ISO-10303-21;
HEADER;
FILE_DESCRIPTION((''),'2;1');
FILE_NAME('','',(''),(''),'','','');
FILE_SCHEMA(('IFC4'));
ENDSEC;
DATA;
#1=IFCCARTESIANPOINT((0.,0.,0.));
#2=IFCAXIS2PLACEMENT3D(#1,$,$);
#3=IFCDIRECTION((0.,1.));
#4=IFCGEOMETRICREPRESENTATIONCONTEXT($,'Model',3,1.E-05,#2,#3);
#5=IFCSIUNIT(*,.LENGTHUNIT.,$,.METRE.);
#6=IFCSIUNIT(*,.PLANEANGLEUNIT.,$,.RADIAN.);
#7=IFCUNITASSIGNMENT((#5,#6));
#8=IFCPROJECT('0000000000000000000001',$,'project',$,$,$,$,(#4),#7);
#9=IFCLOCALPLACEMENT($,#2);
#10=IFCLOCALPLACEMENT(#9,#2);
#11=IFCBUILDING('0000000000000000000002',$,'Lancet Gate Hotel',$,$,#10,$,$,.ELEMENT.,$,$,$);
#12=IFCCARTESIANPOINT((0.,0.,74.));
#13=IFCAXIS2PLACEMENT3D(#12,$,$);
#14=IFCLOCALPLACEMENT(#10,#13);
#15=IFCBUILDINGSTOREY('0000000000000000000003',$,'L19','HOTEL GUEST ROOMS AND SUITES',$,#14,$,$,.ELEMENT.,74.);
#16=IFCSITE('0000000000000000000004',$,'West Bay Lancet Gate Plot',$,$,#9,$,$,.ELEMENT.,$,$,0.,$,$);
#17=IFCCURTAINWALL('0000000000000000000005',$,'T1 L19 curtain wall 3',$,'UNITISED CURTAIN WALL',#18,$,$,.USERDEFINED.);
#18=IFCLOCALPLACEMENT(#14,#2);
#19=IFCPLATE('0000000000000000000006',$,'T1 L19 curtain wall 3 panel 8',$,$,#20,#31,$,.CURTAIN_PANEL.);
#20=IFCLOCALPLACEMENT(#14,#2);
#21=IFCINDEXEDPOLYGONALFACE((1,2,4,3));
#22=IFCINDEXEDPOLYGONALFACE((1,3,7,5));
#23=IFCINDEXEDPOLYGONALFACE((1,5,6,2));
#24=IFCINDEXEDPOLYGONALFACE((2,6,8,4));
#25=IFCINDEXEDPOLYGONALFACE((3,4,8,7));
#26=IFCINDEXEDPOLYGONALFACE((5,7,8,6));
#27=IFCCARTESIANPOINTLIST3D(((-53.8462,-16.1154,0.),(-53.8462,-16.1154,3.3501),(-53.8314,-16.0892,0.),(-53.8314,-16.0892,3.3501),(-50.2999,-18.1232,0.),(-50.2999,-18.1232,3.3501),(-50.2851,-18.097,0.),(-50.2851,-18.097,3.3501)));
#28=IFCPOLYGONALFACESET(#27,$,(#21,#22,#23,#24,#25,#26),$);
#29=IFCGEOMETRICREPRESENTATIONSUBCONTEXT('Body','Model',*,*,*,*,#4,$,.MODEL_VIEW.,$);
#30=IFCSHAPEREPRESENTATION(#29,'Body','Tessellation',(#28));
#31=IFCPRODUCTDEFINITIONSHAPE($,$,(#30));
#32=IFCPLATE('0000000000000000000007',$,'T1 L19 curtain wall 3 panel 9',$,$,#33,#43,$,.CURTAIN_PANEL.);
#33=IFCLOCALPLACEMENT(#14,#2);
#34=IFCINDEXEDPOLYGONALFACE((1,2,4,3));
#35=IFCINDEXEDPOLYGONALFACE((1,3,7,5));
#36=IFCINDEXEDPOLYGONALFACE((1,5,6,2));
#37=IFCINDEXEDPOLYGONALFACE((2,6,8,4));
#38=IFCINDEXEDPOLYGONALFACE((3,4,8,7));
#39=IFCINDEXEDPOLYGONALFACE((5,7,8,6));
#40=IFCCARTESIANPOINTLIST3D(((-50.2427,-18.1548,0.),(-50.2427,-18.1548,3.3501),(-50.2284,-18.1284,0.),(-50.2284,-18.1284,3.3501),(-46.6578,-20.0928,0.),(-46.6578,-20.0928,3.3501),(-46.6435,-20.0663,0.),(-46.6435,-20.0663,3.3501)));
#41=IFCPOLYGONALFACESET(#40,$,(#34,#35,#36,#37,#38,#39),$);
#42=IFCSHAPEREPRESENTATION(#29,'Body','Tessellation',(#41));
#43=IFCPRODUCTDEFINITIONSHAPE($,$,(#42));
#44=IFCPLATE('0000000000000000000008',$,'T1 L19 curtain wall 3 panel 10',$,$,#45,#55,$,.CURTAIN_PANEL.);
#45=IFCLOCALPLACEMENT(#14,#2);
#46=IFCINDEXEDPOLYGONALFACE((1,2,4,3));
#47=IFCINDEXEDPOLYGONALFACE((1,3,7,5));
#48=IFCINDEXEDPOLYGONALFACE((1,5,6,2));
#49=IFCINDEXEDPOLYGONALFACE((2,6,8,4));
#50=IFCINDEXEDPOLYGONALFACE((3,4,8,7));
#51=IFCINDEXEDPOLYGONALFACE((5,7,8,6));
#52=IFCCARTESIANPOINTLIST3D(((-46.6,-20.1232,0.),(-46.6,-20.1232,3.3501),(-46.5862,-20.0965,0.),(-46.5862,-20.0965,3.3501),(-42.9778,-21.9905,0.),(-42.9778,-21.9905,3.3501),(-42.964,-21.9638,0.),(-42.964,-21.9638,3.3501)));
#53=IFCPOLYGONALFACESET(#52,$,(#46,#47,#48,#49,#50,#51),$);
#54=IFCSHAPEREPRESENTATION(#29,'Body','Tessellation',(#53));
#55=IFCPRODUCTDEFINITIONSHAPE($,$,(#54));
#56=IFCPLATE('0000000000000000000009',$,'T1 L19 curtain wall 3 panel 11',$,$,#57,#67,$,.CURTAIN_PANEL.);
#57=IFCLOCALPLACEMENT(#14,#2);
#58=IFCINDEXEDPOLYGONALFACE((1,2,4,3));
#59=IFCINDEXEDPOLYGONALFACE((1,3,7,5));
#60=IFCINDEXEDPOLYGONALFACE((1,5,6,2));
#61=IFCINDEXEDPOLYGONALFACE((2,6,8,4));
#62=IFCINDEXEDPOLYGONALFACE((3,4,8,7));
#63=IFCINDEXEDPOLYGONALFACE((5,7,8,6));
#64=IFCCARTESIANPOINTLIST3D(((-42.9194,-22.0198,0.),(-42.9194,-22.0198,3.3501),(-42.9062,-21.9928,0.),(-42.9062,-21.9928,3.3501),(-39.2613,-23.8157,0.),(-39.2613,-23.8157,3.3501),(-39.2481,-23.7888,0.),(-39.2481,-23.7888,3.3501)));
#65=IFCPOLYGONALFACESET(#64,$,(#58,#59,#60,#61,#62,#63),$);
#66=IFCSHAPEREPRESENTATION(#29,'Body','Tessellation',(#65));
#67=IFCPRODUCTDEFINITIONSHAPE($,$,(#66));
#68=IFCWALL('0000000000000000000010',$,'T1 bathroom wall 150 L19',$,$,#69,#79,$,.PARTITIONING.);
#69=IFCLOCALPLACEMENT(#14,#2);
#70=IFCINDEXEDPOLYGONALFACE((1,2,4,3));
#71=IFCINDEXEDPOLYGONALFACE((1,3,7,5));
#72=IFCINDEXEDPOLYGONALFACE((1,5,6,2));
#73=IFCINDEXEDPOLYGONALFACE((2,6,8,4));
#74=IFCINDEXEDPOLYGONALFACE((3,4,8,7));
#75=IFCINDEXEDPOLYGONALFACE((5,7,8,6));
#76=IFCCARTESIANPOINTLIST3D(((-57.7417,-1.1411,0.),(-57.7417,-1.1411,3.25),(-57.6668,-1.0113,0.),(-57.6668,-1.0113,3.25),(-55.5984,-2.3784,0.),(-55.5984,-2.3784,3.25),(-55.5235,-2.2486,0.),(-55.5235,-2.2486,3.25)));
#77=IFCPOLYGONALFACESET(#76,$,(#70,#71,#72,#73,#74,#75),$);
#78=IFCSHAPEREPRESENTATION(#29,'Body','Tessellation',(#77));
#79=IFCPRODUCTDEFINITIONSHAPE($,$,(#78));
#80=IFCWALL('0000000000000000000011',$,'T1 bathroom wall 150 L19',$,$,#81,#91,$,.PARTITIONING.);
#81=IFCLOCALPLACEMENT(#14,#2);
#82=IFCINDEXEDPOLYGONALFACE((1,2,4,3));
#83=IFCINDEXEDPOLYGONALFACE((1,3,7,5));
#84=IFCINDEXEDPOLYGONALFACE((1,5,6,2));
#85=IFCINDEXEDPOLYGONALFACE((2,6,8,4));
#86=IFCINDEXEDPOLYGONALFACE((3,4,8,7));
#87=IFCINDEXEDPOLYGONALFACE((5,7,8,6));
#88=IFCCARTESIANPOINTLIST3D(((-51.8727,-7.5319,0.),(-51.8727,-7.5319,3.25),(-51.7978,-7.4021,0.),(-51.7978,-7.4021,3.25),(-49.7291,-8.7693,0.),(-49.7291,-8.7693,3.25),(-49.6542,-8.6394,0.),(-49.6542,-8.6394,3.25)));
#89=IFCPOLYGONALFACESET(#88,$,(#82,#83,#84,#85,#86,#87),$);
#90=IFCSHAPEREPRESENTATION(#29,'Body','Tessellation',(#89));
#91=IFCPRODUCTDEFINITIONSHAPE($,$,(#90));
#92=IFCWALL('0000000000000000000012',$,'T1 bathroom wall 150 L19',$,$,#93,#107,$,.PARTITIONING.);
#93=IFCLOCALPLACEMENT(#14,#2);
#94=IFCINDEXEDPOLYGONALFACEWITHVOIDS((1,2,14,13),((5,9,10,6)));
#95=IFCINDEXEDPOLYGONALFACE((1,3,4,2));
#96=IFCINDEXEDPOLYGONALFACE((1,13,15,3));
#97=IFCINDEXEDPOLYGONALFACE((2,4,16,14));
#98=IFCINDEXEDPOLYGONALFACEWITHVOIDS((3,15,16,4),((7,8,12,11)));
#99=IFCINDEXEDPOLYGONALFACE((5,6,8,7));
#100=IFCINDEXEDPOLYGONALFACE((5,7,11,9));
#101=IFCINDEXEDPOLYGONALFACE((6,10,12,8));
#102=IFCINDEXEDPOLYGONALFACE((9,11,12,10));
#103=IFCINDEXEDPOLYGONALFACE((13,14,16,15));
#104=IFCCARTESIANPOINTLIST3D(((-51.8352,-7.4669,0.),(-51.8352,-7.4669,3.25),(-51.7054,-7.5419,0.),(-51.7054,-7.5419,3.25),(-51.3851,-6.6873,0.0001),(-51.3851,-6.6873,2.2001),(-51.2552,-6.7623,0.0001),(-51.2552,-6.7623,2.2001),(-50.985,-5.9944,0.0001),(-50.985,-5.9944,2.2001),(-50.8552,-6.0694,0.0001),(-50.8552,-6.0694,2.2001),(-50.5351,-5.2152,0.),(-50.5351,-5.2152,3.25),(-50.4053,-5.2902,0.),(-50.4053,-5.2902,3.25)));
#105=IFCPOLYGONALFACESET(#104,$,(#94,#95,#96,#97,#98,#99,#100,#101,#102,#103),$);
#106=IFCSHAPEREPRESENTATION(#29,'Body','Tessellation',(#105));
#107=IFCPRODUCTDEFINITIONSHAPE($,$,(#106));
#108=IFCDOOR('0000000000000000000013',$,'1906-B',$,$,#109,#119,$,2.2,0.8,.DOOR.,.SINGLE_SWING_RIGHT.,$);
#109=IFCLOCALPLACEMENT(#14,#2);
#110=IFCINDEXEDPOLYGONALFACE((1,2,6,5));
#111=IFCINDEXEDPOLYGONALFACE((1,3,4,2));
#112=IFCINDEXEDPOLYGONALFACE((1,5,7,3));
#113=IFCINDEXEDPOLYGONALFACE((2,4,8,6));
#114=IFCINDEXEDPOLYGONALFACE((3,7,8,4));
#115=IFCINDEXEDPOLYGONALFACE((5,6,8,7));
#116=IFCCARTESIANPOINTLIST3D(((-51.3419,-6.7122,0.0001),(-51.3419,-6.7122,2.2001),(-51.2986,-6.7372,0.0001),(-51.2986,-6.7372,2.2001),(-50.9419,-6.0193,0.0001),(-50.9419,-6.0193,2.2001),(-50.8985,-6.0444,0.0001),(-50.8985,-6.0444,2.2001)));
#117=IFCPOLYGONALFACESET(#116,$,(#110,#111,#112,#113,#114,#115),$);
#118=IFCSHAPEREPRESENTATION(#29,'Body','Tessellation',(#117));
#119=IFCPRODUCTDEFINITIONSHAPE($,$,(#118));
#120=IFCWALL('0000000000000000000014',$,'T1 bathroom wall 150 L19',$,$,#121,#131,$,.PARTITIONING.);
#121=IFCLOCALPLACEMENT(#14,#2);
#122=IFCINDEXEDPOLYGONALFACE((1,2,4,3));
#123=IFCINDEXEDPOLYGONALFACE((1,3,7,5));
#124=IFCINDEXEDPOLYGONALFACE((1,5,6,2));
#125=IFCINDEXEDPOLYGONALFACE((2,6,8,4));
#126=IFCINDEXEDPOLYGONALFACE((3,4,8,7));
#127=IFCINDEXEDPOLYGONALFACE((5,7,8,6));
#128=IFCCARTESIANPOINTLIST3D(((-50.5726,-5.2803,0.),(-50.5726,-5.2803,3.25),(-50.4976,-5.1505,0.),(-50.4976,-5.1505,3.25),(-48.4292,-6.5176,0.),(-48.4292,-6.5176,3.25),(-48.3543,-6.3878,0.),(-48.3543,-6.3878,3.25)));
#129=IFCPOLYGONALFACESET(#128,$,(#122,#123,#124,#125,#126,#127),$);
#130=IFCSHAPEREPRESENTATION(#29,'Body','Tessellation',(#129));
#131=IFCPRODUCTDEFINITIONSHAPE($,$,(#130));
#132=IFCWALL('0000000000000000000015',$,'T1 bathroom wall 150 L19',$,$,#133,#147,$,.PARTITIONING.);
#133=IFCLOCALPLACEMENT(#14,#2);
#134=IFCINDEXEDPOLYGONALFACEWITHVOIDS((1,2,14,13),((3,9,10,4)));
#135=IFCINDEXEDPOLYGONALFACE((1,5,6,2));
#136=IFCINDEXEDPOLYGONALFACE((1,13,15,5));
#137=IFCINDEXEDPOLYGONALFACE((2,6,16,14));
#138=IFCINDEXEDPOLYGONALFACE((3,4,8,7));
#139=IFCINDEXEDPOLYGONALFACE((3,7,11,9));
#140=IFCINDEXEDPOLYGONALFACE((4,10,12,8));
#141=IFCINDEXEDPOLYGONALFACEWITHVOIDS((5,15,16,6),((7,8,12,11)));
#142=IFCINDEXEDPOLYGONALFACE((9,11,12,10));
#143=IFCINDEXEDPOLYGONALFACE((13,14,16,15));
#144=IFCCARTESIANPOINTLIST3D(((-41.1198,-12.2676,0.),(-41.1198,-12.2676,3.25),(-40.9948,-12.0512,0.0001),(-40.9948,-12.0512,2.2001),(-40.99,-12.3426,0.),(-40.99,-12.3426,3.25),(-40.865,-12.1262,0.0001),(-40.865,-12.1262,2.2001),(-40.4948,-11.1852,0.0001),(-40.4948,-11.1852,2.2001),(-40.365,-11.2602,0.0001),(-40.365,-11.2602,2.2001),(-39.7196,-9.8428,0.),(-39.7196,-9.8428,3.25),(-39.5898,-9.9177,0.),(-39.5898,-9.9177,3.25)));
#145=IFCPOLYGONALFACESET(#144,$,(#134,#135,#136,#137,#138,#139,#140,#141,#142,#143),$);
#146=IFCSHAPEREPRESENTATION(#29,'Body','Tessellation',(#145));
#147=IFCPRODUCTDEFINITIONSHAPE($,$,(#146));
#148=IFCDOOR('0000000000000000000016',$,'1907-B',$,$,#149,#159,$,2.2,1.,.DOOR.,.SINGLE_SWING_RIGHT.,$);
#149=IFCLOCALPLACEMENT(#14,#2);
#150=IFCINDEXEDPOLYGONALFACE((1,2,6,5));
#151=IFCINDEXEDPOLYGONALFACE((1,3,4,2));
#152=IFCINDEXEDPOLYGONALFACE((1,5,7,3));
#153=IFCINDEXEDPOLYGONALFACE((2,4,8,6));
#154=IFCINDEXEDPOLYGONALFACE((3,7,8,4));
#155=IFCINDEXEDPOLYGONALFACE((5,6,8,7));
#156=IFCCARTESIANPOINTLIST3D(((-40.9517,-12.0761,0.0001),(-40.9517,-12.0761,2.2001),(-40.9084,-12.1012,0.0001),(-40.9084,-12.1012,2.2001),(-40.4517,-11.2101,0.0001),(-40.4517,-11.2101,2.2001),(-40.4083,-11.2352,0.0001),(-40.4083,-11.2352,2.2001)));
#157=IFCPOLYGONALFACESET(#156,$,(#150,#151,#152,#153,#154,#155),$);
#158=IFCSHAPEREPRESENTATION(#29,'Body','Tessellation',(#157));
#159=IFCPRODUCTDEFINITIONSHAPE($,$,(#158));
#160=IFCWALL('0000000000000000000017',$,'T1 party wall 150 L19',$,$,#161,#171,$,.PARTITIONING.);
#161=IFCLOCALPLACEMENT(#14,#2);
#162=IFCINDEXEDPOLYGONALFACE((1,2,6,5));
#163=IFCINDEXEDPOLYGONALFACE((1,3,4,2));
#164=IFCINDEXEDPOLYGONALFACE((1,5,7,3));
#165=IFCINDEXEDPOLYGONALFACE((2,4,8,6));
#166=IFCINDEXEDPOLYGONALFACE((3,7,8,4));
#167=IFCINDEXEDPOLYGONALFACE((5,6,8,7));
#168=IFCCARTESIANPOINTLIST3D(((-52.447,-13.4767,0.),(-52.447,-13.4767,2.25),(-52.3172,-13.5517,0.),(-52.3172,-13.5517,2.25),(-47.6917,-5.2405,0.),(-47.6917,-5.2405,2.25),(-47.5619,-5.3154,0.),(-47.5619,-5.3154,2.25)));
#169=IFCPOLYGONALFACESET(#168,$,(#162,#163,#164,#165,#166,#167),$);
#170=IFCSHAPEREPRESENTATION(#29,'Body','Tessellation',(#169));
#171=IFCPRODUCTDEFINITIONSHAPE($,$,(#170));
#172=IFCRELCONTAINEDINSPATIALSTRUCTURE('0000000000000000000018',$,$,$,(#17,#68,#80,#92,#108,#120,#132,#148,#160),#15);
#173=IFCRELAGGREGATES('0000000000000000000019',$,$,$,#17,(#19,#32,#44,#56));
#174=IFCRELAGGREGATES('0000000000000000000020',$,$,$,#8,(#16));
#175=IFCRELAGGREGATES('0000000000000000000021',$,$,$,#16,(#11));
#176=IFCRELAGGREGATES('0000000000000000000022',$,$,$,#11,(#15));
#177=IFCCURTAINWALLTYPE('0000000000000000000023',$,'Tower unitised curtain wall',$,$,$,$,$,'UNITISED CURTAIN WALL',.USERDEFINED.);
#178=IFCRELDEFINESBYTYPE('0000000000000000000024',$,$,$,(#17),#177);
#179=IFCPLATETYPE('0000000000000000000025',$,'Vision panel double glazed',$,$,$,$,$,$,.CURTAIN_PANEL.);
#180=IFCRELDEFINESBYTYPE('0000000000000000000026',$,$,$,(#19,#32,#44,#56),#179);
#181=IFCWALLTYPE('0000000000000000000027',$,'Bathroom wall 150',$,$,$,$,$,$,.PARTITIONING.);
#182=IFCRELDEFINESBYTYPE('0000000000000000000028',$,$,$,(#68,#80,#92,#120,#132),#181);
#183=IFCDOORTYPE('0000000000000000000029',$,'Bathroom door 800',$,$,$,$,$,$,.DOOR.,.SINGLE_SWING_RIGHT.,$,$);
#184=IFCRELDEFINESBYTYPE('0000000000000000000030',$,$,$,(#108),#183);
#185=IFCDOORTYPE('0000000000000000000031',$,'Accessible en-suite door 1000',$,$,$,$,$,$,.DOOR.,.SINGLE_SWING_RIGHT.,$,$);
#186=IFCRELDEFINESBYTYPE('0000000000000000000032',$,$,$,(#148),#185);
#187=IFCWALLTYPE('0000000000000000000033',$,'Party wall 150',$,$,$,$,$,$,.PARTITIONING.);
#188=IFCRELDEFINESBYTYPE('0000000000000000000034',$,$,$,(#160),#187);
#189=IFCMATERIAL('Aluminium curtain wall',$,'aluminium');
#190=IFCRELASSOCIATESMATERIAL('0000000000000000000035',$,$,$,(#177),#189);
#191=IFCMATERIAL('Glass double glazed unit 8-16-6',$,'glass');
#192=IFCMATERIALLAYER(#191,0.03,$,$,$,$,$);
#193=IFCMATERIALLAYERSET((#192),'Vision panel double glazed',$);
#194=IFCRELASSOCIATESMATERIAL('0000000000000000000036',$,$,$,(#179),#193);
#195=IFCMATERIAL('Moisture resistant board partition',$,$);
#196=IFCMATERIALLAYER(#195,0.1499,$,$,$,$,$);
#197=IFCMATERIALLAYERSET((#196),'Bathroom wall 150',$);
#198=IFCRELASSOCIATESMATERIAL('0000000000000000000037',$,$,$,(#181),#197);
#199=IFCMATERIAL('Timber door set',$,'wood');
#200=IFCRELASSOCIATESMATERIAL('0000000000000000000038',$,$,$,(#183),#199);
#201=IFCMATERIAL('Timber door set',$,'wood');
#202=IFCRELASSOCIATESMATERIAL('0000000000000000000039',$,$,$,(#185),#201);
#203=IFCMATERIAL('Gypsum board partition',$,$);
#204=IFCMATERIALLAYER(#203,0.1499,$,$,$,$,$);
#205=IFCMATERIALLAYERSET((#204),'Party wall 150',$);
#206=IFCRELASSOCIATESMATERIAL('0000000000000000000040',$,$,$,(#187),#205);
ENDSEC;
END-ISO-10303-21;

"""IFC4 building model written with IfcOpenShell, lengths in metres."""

from ifc_helpers import new_model, si_unit, direction, frame, frame_2d, origin, origin_2d, place, context, subcontext, project, spatial, rectangle, extrude, material, layer, layer_set, type_object, element, fill, aggregate, save


model = new_model("IFC4")

# Units and contexts
model_context = context("Model", 3, precision=1e-05, world=origin(), true_north=direction((0.0, 1.0)))
body_context = subcontext(model_context, "Body", "Model", "MODEL_VIEW")
ifc_project = project(units=[si_unit("LENGTHUNIT", "METRE"), si_unit("PLANEANGLEUNIT", "RADIAN")], contexts=[model_context])

# Site, building, storey
site_placement = place(None, origin())
site = spatial("IfcSite", under=ifc_project, at=site_placement, Name="West Bay Lancet Gate Plot", CompositionType="ELEMENT", RefElevation=0.0)
building_placement = place(site_placement, origin())
building = spatial("IfcBuilding", under=site, at=building_placement, Name="Lancet Gate Hotel", CompositionType="ELEMENT")
storey_placement = place(building_placement, frame((0.0, 0.0, 74.0)))
storey = spatial("IfcBuildingStorey", under=building, at=storey_placement, Name="L19", Description="HOTEL GUEST ROOMS AND SUITES", CompositionType="ELEMENT", Elevation=74.0)

# Curtain wall
ifc_material_1 = material(Name="Aluminium curtain wall", Category="aluminium")
curtain_wall_type = type_object("IfcCurtainWallType", Name="Tower unitised curtain wall", ElementType="UNITISED CURTAIN WALL", PredefinedType="USERDEFINED", material=ifc_material_1)
curtain_wall_placement = place(storey_placement, origin())
curtain_wall = element("IfcCurtainWall", 1, at=curtain_wall_placement, inside=storey, type_object=curtain_wall_type, Name="T1 L19 curtain wall 3", ObjectType="UNITISED CURTAIN WALL", PredefinedType="USERDEFINED")

# Plates
ifc_material_2 = material(Name="Glass double glazed unit 8-16-6", Category="glass")
ifc_layer_1 = layer(ifc_material_2, 0.03)
ifc_layer_set_1 = layer_set([ifc_layer_1], Name="Vision panel double glazed")
plate_type = type_object("IfcPlateType", Name="Vision panel double glazed", PredefinedType="CURTAIN_PANEL", material=ifc_layer_set_1)
plate_1_placement = place(storey_placement, frame((-52.0657, -17.1062, 0.0), z_axis=(0.0, 0.0, 1.0), x_axis=(0.870205, -0.49269, 0.0)))
plate_1 = element("IfcPlate", 2, at=plate_1_placement, type_object=plate_type, Name="T1 L19 curtain wall 3 panel 8", PredefinedType="CURTAIN_PANEL", context=body_context, shape_type="SweptSolid", body=[
    extrude(rectangle(XDim=4.0752, YDim=0.03, at=origin_2d()), origin(), (0.0, 0.0, 1.0), 3.3501),
])
plate_2_placement = place(storey_placement, frame((-48.4431, -19.1106, 0.0), z_axis=(0.0, 0.0, 1.0), x_axis=(0.879693, -0.475541, 0.0)))
plate_2 = element("IfcPlate", 3, at=plate_2_placement, type_object=plate_type, Name="T1 L19 curtain wall 3 panel 9", PredefinedType="CURTAIN_PANEL", context=body_context, shape_type="SweptSolid", body=[
    extrude(rectangle(XDim=4.0752, YDim=0.03, at=origin_2d()), origin(), (0.0, 0.0, 1.0), 3.3501),
])
plate_3_placement = place(storey_placement, frame((-44.782, -21.0435, 0.0), z_axis=(0.0, 0.0, 1.0), x_axis=(0.888844, -0.45821, 0.0)))
plate_3 = element("IfcPlate", 4, at=plate_3_placement, type_object=plate_type, Name="T1 L19 curtain wall 3 panel 10", PredefinedType="CURTAIN_PANEL", context=body_context, shape_type="SweptSolid", body=[
    extrude(rectangle(XDim=4.0752, YDim=0.03, at=origin_2d()), origin(), (0.0, 0.0, 1.0), 3.3501),
])
plate_4_placement = place(storey_placement, frame((-41.0837, -22.9043, 0.0), z_axis=(0.0, 0.0, 1.0), x_axis=(0.897653, -0.440702, 0.0)))
plate_4 = element("IfcPlate", 5, at=plate_4_placement, type_object=plate_type, Name="T1 L19 curtain wall 3 panel 11", PredefinedType="CURTAIN_PANEL", context=body_context, shape_type="SweptSolid", body=[
    extrude(rectangle(XDim=4.0752, YDim=0.03, at=origin_2d()), origin(), (0.0, 0.0, 1.0), 3.3501),
])
aggregate(curtain_wall, [plate_1, plate_2, plate_3, plate_4])

# Walls
ifc_material_3 = material(Name="Moisture resistant board partition")
ifc_layer_2 = layer(ifc_material_3, 0.1499)
ifc_layer_set_2 = layer_set([ifc_layer_2], Name="Bathroom wall 150")
wall_type_1 = type_object("IfcWallType", Name="Bathroom wall 150", PredefinedType="PARTITIONING", material=ifc_layer_set_2)
wall_1_placement = place(storey_placement, frame((-55.561, -2.3135, 0.0), z_axis=(0.0, 0.0, 1.0), x_axis=(-0.866049, 0.499959, 0.0)))
element("IfcWall", 6, at=wall_1_placement, inside=storey, type_object=wall_type_1, Name="T1 bathroom wall 150 L19", PredefinedType="PARTITIONING", context=body_context, shape_type="SweptSolid", body=[
    extrude(rectangle(XDim=2.4749, YDim=0.1499, at=frame_2d((1.2373, 0.0))), origin(), (0.0, 0.0, 1.0), 3.25),
])
wall_2_placement = place(storey_placement, frame((-49.6917, -8.7043, 0.0), z_axis=(0.0, 0.0, 1.0), x_axis=(-0.866074, 0.499916, 0.0)))
element("IfcWall", 7, at=wall_2_placement, inside=storey, type_object=wall_type_1, Name="T1 bathroom wall 150 L19", PredefinedType="PARTITIONING", context=body_context, shape_type="SweptSolid", body=[
    extrude(rectangle(XDim=2.4751, YDim=0.1499, at=frame_2d((1.2375, 0.0))), origin(), (0.0, 0.0, 1.0), 3.25),
])

# Wall, opening, door
wall_3_placement = place(storey_placement, frame((-50.4702, -5.2527, 0.0), z_axis=(0.0, 0.0, 1.0), x_axis=(-0.500007, -0.866021, 0.0)))
wall_3 = element("IfcWall", 8, at=wall_3_placement, inside=storey, type_object=wall_type_1, Name="T1 bathroom wall 150 L19", PredefinedType="PARTITIONING", context=body_context, shape_type="SweptSolid", body=[
    extrude(rectangle(XDim=2.6001, YDim=0.1499, at=frame_2d((1.3, 0.0))), origin(), (0.0, 0.0, 1.0), 3.25),
])
opening_1_placement = place(wall_3_placement, frame((0.8999, 0.0, 0.0)))
opening_1 = element("IfcOpeningElement", 9, at=opening_1_placement, cuts=wall_3, PredefinedType="OPENING", context=body_context, shape_type="SweptSolid", body=[
    extrude(rectangle(XDim=0.8, YDim=2.2, at=frame_2d((0.3999, 1.1001))), frame((0.0, 0.085, 0.0), z_axis=(0.0, -1.0, 0.0), x_axis=(1.0, 0.0, 0.0)), (0.0, 0.0, 1.0), 0.1699),
])
ifc_material_4 = material(Name="Timber door set", Category="wood")
door_type_1 = type_object("IfcDoorType", Name="Bathroom door 800", OperationType="SINGLE_SWING_RIGHT", PredefinedType="DOOR", material=ifc_material_4)
door_1_placement = place(opening_1_placement, origin())
door_1 = element("IfcDoor", 10, at=door_1_placement, inside=storey, type_object=door_type_1, Name="1906-B", OperationType="SINGLE_SWING_RIGHT", OverallHeight=2.2, OverallWidth=0.8, PredefinedType="DOOR", context=body_context, shape_type="SweptSolid", body=[
    extrude(rectangle(XDim=0.8, YDim=2.2, at=frame_2d((0.3999, 1.1001))), frame((0.0, 0.0249, 0.0), z_axis=(0.0, -1.0, 0.0), x_axis=(1.0, 0.0, 0.0)), (0.0, 0.0, 1.0), 0.05),
])
fill(opening_1, door_1)

# Wall
wall_4_placement = place(storey_placement, frame((-48.3918, -6.4526, 0.0), z_axis=(0.0, 0.0, 1.0), x_axis=(-0.866049, 0.499959, 0.0)))
element("IfcWall", 11, at=wall_4_placement, inside=storey, type_object=wall_type_1, Name="T1 bathroom wall 150 L19", PredefinedType="PARTITIONING", context=body_context, shape_type="SweptSolid", body=[
    extrude(rectangle(XDim=2.4749, YDim=0.1499, at=frame_2d((1.2373, 0.0))), origin(), (0.0, 0.0, 1.0), 3.25),
])

# Wall, opening, door
wall_5_placement = place(storey_placement, frame((-39.6548, -9.8804, 0.0), z_axis=(0.0, 0.0, 1.0), x_axis=(-0.50005, -0.865997, 0.0)))
wall_5 = element("IfcWall", 12, at=wall_5_placement, inside=storey, type_object=wall_type_1, Name="T1 bathroom wall 150 L19", PredefinedType="PARTITIONING", context=body_context, shape_type="SweptSolid", body=[
    extrude(rectangle(XDim=2.8, YDim=0.1499, at=frame_2d((1.3999, 0.0))), origin(), (0.0, 0.0, 1.0), 3.25),
])
opening_2_placement = place(wall_5_placement, frame((1.55, 0.0, 0.0)))
opening_2 = element("IfcOpeningElement", 13, at=opening_2_placement, cuts=wall_5, PredefinedType="OPENING", context=body_context, shape_type="SweptSolid", body=[
    extrude(rectangle(XDim=1.0, YDim=2.2, at=frame_2d((0.5, 1.1001))), frame((0.0, 0.085, 0.0), z_axis=(0.0, -1.0, 0.0), x_axis=(1.0, 0.0, 0.0)), (0.0, 0.0, 1.0), 0.1699),
])
ifc_material_5 = material(Name="Timber door set", Category="wood")
door_type_2 = type_object("IfcDoorType", Name="Accessible en-suite door 1000", OperationType="SINGLE_SWING_RIGHT", PredefinedType="DOOR", material=ifc_material_5)
door_2_placement = place(opening_2_placement, origin())
door_2 = element("IfcDoor", 14, at=door_2_placement, inside=storey, type_object=door_type_2, Name="1907-B", OperationType="SINGLE_SWING_RIGHT", OverallHeight=2.2, OverallWidth=1.0, PredefinedType="DOOR", context=body_context, shape_type="SweptSolid", body=[
    extrude(rectangle(XDim=1.0, YDim=2.2, at=frame_2d((0.5, 1.1001))), frame((0.0, 0.0249, 0.0), z_axis=(0.0, -1.0, 0.0), x_axis=(1.0, 0.0, 0.0)), (0.0, 0.0, 1.0), 0.05),
])
fill(opening_2, door_2)

# Wall
ifc_material_6 = material(Name="Gypsum board partition")
ifc_layer_3 = layer(ifc_material_6, 0.1499)
ifc_layer_set_3 = layer_set([ifc_layer_3], Name="Party wall 150")
wall_type_2 = type_object("IfcWallType", Name="Party wall 150", PredefinedType="PARTITIONING", material=ifc_layer_set_3)
wall_6_placement = place(storey_placement, frame((-47.6267, -5.2778, 0.0), z_axis=(0.0, 0.0, 1.0), x_axis=(-0.50001, -0.86602, 0.0)))
element("IfcWall", 15, at=wall_6_placement, inside=storey, type_object=wall_type_2, Name="T1 party wall 150 L19", PredefinedType="PARTITIONING", context=body_context, shape_type="SweptSolid", body=[
    extrude(rectangle(XDim=9.5105, YDim=0.1499, at=frame_2d((4.7554, 0.0))), origin(), (0.0, 0.0, 1.0), 2.25),
])

save(model, "model.ifc")
